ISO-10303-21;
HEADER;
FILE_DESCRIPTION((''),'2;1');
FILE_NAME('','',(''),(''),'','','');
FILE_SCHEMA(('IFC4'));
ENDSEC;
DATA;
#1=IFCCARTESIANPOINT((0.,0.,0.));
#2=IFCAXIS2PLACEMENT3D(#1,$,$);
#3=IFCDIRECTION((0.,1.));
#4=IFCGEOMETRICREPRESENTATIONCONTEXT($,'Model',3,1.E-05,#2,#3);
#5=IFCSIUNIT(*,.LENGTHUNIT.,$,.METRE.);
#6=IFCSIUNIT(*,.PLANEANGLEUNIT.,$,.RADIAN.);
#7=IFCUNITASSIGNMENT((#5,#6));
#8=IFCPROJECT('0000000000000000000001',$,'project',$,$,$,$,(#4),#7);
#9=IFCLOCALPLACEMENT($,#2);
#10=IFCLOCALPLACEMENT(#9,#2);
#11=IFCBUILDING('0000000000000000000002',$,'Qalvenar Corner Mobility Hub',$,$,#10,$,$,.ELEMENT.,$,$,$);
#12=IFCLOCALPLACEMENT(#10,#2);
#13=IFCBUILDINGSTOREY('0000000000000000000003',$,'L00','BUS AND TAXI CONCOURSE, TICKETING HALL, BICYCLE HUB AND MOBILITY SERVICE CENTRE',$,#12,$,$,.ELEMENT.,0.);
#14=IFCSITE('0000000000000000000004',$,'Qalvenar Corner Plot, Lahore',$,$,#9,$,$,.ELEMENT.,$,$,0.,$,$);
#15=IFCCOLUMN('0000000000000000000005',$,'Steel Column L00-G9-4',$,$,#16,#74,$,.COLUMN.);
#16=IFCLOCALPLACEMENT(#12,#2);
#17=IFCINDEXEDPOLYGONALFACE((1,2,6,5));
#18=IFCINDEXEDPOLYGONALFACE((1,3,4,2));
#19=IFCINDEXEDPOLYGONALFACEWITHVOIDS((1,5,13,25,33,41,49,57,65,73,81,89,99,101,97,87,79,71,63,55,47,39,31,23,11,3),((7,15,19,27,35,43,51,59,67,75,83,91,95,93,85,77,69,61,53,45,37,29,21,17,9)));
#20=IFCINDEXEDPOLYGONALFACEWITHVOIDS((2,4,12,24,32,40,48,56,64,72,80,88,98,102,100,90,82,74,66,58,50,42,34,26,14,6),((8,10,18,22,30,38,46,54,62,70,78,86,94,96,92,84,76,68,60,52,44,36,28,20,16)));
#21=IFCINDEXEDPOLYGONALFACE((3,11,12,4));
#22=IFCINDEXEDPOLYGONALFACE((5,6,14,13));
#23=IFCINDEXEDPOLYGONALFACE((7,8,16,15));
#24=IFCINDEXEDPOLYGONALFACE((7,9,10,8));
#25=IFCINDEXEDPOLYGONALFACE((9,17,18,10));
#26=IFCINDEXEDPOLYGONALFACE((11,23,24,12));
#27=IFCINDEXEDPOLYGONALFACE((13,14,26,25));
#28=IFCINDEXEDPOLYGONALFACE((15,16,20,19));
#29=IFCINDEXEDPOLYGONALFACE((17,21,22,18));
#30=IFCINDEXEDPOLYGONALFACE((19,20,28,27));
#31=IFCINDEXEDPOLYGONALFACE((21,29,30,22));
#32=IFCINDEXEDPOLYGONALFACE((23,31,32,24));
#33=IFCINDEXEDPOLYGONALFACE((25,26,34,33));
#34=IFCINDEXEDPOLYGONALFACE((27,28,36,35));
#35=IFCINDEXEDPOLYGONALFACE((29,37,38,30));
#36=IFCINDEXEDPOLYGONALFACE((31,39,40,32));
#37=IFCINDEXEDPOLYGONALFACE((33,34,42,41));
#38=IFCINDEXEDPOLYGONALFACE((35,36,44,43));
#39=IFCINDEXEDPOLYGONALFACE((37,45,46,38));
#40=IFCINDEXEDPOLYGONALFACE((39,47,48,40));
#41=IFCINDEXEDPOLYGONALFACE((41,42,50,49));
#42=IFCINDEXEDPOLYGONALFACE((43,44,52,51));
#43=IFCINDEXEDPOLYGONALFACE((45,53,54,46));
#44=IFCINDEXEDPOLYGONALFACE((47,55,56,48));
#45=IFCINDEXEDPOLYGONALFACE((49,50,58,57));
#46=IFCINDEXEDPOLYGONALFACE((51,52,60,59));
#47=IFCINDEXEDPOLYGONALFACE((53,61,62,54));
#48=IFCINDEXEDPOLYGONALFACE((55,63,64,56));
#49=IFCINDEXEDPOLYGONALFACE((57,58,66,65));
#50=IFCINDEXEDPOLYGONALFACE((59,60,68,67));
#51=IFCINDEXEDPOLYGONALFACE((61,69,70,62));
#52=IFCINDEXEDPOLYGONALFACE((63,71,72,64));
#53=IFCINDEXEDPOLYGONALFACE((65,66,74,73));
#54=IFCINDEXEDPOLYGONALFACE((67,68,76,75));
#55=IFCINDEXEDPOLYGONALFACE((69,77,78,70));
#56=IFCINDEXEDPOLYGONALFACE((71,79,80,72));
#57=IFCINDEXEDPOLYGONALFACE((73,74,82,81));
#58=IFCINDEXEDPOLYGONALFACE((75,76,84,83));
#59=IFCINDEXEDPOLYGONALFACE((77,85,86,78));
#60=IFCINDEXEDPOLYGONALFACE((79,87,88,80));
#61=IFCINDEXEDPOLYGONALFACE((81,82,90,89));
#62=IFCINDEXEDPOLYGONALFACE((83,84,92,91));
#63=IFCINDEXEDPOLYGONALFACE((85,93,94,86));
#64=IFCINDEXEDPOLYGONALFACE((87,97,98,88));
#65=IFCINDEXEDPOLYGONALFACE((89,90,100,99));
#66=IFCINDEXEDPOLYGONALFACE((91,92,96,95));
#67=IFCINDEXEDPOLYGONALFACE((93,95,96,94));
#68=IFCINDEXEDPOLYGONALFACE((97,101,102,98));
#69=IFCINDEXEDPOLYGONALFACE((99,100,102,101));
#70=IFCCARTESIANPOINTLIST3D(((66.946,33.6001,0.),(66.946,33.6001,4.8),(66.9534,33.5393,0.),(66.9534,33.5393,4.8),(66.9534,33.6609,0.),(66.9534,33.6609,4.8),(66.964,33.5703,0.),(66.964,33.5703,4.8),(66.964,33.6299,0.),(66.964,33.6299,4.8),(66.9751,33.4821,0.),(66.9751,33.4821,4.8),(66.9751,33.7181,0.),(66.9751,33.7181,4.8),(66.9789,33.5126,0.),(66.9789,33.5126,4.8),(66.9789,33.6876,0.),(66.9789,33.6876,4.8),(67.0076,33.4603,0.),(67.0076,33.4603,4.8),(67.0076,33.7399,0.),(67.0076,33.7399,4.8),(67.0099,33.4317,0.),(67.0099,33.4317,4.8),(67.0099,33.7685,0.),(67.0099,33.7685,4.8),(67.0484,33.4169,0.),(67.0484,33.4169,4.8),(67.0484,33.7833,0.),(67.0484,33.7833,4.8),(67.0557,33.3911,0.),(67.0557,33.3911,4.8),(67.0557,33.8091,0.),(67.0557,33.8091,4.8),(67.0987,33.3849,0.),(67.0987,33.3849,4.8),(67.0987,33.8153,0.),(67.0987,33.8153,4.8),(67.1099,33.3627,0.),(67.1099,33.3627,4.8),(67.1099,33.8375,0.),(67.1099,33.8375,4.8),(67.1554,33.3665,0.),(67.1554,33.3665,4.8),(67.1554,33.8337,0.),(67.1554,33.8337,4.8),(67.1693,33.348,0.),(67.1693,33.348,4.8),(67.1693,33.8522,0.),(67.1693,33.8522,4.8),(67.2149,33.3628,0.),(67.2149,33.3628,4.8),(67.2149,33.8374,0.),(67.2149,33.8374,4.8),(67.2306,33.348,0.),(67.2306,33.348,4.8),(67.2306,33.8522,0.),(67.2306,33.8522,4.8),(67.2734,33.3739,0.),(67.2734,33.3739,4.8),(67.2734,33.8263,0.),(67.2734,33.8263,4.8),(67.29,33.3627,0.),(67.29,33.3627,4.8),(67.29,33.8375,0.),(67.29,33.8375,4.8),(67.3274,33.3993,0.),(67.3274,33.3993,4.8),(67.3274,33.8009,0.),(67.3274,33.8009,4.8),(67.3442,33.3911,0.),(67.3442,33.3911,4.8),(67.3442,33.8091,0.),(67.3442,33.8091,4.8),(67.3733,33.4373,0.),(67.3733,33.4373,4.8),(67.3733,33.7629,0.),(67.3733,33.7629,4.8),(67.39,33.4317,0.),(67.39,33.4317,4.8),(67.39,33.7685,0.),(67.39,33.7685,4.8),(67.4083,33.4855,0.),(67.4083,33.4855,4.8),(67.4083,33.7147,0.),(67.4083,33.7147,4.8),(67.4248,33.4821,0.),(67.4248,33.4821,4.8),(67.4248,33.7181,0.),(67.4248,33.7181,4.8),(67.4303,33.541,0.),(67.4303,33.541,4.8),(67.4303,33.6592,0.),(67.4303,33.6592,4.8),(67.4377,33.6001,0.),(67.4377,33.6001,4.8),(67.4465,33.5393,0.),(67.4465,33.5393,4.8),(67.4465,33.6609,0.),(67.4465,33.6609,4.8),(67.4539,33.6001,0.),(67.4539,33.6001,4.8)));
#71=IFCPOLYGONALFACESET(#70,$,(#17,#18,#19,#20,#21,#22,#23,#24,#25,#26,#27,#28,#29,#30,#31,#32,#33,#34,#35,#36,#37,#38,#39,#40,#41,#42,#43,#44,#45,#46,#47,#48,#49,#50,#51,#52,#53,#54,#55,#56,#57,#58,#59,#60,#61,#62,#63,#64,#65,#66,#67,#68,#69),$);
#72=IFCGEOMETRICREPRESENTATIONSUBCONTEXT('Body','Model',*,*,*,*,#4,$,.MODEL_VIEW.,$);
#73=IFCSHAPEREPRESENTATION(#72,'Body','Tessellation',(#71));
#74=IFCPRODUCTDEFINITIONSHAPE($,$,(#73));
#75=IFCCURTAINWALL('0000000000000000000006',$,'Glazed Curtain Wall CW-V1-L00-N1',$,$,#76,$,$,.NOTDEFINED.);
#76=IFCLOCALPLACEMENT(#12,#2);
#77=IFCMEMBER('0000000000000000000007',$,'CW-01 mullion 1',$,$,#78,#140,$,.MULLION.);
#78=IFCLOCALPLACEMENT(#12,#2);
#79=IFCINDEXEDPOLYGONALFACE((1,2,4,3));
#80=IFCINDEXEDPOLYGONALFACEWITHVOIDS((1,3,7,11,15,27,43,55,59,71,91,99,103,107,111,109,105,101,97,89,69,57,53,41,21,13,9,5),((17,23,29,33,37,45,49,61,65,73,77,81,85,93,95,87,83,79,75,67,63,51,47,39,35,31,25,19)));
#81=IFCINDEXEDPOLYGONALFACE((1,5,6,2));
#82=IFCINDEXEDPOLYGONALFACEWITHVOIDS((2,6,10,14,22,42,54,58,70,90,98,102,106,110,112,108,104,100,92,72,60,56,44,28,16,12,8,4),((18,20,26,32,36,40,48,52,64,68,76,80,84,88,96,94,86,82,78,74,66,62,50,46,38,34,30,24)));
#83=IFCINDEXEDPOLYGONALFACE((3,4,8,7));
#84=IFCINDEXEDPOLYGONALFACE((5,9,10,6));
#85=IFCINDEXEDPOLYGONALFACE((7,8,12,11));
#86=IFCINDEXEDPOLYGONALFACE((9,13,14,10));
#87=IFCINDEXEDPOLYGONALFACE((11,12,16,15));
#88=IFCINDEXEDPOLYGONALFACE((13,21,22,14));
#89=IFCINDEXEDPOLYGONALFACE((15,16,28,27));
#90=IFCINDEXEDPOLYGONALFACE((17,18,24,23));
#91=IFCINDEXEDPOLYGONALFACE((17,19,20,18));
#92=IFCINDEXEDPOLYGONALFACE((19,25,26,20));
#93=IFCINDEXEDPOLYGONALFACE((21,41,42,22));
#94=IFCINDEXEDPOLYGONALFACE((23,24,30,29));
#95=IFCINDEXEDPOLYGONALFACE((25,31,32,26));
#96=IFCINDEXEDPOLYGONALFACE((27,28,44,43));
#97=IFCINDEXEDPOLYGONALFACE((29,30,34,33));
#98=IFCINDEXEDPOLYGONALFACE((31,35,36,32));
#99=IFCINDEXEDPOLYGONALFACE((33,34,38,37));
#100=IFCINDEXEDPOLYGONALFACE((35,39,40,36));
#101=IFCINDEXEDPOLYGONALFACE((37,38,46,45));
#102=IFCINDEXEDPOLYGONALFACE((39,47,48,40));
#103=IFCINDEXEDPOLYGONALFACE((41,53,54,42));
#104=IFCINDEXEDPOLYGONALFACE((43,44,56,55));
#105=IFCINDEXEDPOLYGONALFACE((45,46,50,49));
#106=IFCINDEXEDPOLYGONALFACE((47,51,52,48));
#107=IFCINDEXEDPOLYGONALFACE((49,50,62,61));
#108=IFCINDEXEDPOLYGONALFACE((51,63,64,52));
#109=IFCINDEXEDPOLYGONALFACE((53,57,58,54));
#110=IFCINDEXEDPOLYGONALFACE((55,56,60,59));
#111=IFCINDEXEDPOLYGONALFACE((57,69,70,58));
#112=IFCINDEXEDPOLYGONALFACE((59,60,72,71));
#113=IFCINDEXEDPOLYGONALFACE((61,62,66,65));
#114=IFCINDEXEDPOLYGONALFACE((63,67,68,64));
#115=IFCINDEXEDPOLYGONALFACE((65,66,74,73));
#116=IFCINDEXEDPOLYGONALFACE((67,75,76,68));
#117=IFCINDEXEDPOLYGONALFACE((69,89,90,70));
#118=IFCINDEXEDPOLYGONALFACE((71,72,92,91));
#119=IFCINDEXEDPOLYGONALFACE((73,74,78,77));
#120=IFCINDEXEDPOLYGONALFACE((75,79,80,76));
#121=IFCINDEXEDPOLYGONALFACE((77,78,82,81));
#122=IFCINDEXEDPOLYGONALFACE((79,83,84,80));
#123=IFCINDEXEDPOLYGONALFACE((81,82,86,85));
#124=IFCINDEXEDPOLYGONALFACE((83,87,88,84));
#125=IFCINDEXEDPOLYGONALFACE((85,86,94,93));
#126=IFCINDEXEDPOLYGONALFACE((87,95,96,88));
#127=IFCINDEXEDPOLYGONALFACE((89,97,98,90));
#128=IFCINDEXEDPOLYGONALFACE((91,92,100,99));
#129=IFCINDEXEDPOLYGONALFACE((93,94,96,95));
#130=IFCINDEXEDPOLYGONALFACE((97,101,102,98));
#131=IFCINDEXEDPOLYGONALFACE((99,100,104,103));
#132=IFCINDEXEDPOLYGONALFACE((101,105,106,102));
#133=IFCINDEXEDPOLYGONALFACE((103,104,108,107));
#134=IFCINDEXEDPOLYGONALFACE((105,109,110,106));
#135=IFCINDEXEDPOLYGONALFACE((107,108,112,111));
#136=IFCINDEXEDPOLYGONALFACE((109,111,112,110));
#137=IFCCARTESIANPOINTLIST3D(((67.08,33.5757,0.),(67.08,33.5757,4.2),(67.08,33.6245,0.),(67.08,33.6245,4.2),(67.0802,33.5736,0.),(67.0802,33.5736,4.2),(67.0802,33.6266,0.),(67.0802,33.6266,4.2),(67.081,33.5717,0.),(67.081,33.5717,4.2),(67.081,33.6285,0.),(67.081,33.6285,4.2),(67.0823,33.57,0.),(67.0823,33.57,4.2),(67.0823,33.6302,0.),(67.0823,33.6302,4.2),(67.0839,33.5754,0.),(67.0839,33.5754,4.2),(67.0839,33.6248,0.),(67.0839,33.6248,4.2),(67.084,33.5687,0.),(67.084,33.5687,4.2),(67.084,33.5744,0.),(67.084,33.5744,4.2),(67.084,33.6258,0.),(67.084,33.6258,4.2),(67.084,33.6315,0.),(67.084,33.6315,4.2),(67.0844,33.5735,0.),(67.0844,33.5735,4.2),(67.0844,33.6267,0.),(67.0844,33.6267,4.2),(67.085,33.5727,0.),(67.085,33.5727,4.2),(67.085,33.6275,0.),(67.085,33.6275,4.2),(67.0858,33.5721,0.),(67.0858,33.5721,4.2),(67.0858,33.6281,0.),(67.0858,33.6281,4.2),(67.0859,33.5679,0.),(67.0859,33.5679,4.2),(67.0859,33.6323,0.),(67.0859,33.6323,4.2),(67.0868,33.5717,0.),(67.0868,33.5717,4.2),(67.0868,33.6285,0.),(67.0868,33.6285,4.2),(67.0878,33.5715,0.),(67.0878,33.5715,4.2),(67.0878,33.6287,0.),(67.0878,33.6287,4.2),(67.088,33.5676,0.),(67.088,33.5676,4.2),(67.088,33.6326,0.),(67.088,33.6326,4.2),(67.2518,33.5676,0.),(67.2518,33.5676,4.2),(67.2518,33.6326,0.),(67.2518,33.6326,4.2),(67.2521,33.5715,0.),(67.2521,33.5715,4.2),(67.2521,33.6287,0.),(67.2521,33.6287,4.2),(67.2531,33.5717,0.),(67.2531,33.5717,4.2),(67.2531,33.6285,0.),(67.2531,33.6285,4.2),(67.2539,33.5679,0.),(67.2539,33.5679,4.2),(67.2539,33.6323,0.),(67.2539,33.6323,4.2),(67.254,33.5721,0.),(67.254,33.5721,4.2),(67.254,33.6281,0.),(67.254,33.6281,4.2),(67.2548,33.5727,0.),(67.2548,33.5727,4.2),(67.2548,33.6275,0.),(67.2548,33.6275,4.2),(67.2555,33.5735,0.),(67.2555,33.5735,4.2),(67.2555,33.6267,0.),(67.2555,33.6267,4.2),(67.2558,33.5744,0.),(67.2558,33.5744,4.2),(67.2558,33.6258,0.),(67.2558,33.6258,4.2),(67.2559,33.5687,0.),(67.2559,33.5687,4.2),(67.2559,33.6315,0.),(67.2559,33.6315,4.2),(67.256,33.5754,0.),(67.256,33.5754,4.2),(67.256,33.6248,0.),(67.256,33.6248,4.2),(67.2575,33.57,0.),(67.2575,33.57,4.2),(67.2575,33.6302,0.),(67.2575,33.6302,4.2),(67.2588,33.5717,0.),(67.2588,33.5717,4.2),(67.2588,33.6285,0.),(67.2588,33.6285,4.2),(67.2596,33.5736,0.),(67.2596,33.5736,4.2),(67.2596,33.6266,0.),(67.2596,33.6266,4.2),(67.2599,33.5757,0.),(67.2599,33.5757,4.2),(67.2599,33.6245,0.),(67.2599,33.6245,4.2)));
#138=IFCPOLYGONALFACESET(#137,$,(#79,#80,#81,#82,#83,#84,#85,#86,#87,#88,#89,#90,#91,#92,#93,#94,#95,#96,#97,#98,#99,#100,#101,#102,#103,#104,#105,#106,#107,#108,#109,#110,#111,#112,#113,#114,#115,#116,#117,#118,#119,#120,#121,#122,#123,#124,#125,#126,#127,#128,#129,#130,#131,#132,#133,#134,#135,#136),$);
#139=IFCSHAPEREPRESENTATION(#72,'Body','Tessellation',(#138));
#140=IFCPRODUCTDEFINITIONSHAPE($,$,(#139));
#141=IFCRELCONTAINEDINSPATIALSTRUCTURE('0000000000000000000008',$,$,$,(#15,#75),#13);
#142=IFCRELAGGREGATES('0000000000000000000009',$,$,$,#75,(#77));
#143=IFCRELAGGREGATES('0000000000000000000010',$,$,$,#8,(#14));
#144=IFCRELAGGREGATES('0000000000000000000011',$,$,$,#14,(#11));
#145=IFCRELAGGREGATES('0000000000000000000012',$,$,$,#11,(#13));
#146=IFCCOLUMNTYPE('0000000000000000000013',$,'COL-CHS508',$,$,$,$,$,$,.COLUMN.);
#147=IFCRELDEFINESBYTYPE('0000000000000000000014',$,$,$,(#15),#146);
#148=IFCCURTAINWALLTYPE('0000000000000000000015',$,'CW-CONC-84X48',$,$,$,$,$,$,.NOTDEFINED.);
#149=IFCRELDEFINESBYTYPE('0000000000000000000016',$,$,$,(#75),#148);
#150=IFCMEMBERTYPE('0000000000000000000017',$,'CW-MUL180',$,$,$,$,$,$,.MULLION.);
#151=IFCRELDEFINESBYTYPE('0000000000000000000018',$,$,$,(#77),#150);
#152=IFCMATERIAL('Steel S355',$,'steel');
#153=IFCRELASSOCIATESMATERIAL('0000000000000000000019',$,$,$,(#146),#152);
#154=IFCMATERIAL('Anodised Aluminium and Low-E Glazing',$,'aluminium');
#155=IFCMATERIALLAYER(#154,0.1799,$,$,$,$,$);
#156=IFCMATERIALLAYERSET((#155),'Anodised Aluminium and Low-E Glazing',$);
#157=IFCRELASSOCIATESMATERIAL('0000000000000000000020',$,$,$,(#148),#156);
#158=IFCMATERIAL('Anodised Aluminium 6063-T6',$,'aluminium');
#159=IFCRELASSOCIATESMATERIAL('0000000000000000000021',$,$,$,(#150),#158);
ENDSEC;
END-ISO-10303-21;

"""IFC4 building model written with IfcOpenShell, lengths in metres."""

from ifc_helpers import new_model, si_unit, direction, frame, origin, origin_2d, place, context, subcontext, project, spatial, hollow_rectangle, hollow_circle, extrude, material, layer, layer_set, material_profile, profile_set, type_object, element, aggregate, save


model = new_model("IFC4")

# Units and contexts
model_context = context("Model", 3, precision=1e-05, world=origin(), true_north=direction((0.0, 1.0)))
body_context = subcontext(model_context, "Body", "Model", "MODEL_VIEW")
ifc_project = project(units=[si_unit("LENGTHUNIT", "METRE"), si_unit("PLANEANGLEUNIT", "RADIAN")], contexts=[model_context])

# Site, building, storey
site_placement = place(None, origin())
site = spatial("IfcSite", under=ifc_project, at=site_placement, Name="Qalvenar Corner Plot, Lahore", CompositionType="ELEMENT", RefElevation=0.0)
building_placement = place(site_placement, origin())
building = spatial("IfcBuilding", under=site, at=building_placement, Name="Qalvenar Corner Mobility Hub", CompositionType="ELEMENT")
storey_placement = place(building_placement, origin())
storey = spatial("IfcBuildingStorey", under=building, at=storey_placement, Name="L00", Description="BUS AND TAXI CONCOURSE, TICKETING HALL, BICYCLE HUB AND MOBILITY SERVICE CENTRE", CompositionType="ELEMENT", Elevation=0.0)

# Column
ifc_material_1 = material(Name="Steel S355", Category="steel")
ifc_material_profile_1 = material_profile(ifc_material_1, hollow_circle(Radius=0.2539, WallThickness=0.0161, at=origin_2d()), Name="CHS508x16")
ifc_profile_set_1 = profile_set([ifc_material_profile_1], Name="Steel S355")
column_type = type_object("IfcColumnType", Name="COL-CHS508", PredefinedType="COLUMN", material=ifc_profile_set_1)
column_placement = place(storey_placement, frame((67.2, 33.6001, 0.0), z_axis=(0.0, 0.0, 1.0), x_axis=(1.0, 0.0, 0.0)))
element("IfcColumn", 1, at=column_placement, inside=storey, type_object=column_type, Name="Steel Column L00-G9-4", PredefinedType="COLUMN", context=body_context, shape_type="SweptSolid", body=[
    extrude(hollow_circle(Radius=0.2539, WallThickness=0.0161, at=origin_2d()), origin(), (0.0, 0.0, 1.0), 4.8),
])

# Curtain wall, member
ifc_material_2 = material(Name="Anodised Aluminium and Low-E Glazing", Category="aluminium")
ifc_layer_1 = layer(ifc_material_2, 0.1799)
ifc_layer_set_1 = layer_set([ifc_layer_1], Name="Anodised Aluminium and Low-E Glazing")
curtain_wall_type = type_object("IfcCurtainWallType", Name="CW-CONC-84X48", PredefinedType="NOTDEFINED", material=ifc_layer_set_1)
curtain_wall_placement = place(storey_placement, origin())
curtain_wall = element("IfcCurtainWall", 2, at=curtain_wall_placement, inside=storey, type_object=curtain_wall_type, Name="Glazed Curtain Wall CW-V1-L00-N1", PredefinedType="NOTDEFINED")
ifc_material_3 = material(Name="Anodised Aluminium 6063-T6", Category="aluminium")
ifc_material_profile_2 = material_profile(ifc_material_3, hollow_rectangle(XDim=0.0649, YDim=0.1799, WallThickness=0.0039, InnerFilletRadius=0.0039, OuterFilletRadius=0.0081, at=origin_2d()), Name="RHS180x65x4")
ifc_profile_set_2 = profile_set([ifc_material_profile_2], Name="Anodised Aluminium 6063-T6")
member_type_1 = type_object("IfcMemberType", Name="CW-MUL180", PredefinedType="MULLION", material=ifc_profile_set_2)
member_1_placement = place(storey_placement, frame((67.1699, 33.6001, 0.0), z_axis=(0.0, 0.0, 1.0), x_axis=(0.0, -1.0, 0.0)))
member_1 = element("IfcMember", 3, at=member_1_placement, type_object=member_type_1, Name="CW-01 mullion 1", PredefinedType="MULLION", context=body_context, shape_type="SweptSolid", body=[
    extrude(hollow_rectangle(XDim=0.0649, YDim=0.1799, WallThickness=0.0039, InnerFilletRadius=0.0039, OuterFilletRadius=0.0081, at=origin_2d()), origin(), (0.0, 0.0, 1.0), 4.2),
])
aggregate(curtain_wall, [member_1])

save(model, "model.ifc")
